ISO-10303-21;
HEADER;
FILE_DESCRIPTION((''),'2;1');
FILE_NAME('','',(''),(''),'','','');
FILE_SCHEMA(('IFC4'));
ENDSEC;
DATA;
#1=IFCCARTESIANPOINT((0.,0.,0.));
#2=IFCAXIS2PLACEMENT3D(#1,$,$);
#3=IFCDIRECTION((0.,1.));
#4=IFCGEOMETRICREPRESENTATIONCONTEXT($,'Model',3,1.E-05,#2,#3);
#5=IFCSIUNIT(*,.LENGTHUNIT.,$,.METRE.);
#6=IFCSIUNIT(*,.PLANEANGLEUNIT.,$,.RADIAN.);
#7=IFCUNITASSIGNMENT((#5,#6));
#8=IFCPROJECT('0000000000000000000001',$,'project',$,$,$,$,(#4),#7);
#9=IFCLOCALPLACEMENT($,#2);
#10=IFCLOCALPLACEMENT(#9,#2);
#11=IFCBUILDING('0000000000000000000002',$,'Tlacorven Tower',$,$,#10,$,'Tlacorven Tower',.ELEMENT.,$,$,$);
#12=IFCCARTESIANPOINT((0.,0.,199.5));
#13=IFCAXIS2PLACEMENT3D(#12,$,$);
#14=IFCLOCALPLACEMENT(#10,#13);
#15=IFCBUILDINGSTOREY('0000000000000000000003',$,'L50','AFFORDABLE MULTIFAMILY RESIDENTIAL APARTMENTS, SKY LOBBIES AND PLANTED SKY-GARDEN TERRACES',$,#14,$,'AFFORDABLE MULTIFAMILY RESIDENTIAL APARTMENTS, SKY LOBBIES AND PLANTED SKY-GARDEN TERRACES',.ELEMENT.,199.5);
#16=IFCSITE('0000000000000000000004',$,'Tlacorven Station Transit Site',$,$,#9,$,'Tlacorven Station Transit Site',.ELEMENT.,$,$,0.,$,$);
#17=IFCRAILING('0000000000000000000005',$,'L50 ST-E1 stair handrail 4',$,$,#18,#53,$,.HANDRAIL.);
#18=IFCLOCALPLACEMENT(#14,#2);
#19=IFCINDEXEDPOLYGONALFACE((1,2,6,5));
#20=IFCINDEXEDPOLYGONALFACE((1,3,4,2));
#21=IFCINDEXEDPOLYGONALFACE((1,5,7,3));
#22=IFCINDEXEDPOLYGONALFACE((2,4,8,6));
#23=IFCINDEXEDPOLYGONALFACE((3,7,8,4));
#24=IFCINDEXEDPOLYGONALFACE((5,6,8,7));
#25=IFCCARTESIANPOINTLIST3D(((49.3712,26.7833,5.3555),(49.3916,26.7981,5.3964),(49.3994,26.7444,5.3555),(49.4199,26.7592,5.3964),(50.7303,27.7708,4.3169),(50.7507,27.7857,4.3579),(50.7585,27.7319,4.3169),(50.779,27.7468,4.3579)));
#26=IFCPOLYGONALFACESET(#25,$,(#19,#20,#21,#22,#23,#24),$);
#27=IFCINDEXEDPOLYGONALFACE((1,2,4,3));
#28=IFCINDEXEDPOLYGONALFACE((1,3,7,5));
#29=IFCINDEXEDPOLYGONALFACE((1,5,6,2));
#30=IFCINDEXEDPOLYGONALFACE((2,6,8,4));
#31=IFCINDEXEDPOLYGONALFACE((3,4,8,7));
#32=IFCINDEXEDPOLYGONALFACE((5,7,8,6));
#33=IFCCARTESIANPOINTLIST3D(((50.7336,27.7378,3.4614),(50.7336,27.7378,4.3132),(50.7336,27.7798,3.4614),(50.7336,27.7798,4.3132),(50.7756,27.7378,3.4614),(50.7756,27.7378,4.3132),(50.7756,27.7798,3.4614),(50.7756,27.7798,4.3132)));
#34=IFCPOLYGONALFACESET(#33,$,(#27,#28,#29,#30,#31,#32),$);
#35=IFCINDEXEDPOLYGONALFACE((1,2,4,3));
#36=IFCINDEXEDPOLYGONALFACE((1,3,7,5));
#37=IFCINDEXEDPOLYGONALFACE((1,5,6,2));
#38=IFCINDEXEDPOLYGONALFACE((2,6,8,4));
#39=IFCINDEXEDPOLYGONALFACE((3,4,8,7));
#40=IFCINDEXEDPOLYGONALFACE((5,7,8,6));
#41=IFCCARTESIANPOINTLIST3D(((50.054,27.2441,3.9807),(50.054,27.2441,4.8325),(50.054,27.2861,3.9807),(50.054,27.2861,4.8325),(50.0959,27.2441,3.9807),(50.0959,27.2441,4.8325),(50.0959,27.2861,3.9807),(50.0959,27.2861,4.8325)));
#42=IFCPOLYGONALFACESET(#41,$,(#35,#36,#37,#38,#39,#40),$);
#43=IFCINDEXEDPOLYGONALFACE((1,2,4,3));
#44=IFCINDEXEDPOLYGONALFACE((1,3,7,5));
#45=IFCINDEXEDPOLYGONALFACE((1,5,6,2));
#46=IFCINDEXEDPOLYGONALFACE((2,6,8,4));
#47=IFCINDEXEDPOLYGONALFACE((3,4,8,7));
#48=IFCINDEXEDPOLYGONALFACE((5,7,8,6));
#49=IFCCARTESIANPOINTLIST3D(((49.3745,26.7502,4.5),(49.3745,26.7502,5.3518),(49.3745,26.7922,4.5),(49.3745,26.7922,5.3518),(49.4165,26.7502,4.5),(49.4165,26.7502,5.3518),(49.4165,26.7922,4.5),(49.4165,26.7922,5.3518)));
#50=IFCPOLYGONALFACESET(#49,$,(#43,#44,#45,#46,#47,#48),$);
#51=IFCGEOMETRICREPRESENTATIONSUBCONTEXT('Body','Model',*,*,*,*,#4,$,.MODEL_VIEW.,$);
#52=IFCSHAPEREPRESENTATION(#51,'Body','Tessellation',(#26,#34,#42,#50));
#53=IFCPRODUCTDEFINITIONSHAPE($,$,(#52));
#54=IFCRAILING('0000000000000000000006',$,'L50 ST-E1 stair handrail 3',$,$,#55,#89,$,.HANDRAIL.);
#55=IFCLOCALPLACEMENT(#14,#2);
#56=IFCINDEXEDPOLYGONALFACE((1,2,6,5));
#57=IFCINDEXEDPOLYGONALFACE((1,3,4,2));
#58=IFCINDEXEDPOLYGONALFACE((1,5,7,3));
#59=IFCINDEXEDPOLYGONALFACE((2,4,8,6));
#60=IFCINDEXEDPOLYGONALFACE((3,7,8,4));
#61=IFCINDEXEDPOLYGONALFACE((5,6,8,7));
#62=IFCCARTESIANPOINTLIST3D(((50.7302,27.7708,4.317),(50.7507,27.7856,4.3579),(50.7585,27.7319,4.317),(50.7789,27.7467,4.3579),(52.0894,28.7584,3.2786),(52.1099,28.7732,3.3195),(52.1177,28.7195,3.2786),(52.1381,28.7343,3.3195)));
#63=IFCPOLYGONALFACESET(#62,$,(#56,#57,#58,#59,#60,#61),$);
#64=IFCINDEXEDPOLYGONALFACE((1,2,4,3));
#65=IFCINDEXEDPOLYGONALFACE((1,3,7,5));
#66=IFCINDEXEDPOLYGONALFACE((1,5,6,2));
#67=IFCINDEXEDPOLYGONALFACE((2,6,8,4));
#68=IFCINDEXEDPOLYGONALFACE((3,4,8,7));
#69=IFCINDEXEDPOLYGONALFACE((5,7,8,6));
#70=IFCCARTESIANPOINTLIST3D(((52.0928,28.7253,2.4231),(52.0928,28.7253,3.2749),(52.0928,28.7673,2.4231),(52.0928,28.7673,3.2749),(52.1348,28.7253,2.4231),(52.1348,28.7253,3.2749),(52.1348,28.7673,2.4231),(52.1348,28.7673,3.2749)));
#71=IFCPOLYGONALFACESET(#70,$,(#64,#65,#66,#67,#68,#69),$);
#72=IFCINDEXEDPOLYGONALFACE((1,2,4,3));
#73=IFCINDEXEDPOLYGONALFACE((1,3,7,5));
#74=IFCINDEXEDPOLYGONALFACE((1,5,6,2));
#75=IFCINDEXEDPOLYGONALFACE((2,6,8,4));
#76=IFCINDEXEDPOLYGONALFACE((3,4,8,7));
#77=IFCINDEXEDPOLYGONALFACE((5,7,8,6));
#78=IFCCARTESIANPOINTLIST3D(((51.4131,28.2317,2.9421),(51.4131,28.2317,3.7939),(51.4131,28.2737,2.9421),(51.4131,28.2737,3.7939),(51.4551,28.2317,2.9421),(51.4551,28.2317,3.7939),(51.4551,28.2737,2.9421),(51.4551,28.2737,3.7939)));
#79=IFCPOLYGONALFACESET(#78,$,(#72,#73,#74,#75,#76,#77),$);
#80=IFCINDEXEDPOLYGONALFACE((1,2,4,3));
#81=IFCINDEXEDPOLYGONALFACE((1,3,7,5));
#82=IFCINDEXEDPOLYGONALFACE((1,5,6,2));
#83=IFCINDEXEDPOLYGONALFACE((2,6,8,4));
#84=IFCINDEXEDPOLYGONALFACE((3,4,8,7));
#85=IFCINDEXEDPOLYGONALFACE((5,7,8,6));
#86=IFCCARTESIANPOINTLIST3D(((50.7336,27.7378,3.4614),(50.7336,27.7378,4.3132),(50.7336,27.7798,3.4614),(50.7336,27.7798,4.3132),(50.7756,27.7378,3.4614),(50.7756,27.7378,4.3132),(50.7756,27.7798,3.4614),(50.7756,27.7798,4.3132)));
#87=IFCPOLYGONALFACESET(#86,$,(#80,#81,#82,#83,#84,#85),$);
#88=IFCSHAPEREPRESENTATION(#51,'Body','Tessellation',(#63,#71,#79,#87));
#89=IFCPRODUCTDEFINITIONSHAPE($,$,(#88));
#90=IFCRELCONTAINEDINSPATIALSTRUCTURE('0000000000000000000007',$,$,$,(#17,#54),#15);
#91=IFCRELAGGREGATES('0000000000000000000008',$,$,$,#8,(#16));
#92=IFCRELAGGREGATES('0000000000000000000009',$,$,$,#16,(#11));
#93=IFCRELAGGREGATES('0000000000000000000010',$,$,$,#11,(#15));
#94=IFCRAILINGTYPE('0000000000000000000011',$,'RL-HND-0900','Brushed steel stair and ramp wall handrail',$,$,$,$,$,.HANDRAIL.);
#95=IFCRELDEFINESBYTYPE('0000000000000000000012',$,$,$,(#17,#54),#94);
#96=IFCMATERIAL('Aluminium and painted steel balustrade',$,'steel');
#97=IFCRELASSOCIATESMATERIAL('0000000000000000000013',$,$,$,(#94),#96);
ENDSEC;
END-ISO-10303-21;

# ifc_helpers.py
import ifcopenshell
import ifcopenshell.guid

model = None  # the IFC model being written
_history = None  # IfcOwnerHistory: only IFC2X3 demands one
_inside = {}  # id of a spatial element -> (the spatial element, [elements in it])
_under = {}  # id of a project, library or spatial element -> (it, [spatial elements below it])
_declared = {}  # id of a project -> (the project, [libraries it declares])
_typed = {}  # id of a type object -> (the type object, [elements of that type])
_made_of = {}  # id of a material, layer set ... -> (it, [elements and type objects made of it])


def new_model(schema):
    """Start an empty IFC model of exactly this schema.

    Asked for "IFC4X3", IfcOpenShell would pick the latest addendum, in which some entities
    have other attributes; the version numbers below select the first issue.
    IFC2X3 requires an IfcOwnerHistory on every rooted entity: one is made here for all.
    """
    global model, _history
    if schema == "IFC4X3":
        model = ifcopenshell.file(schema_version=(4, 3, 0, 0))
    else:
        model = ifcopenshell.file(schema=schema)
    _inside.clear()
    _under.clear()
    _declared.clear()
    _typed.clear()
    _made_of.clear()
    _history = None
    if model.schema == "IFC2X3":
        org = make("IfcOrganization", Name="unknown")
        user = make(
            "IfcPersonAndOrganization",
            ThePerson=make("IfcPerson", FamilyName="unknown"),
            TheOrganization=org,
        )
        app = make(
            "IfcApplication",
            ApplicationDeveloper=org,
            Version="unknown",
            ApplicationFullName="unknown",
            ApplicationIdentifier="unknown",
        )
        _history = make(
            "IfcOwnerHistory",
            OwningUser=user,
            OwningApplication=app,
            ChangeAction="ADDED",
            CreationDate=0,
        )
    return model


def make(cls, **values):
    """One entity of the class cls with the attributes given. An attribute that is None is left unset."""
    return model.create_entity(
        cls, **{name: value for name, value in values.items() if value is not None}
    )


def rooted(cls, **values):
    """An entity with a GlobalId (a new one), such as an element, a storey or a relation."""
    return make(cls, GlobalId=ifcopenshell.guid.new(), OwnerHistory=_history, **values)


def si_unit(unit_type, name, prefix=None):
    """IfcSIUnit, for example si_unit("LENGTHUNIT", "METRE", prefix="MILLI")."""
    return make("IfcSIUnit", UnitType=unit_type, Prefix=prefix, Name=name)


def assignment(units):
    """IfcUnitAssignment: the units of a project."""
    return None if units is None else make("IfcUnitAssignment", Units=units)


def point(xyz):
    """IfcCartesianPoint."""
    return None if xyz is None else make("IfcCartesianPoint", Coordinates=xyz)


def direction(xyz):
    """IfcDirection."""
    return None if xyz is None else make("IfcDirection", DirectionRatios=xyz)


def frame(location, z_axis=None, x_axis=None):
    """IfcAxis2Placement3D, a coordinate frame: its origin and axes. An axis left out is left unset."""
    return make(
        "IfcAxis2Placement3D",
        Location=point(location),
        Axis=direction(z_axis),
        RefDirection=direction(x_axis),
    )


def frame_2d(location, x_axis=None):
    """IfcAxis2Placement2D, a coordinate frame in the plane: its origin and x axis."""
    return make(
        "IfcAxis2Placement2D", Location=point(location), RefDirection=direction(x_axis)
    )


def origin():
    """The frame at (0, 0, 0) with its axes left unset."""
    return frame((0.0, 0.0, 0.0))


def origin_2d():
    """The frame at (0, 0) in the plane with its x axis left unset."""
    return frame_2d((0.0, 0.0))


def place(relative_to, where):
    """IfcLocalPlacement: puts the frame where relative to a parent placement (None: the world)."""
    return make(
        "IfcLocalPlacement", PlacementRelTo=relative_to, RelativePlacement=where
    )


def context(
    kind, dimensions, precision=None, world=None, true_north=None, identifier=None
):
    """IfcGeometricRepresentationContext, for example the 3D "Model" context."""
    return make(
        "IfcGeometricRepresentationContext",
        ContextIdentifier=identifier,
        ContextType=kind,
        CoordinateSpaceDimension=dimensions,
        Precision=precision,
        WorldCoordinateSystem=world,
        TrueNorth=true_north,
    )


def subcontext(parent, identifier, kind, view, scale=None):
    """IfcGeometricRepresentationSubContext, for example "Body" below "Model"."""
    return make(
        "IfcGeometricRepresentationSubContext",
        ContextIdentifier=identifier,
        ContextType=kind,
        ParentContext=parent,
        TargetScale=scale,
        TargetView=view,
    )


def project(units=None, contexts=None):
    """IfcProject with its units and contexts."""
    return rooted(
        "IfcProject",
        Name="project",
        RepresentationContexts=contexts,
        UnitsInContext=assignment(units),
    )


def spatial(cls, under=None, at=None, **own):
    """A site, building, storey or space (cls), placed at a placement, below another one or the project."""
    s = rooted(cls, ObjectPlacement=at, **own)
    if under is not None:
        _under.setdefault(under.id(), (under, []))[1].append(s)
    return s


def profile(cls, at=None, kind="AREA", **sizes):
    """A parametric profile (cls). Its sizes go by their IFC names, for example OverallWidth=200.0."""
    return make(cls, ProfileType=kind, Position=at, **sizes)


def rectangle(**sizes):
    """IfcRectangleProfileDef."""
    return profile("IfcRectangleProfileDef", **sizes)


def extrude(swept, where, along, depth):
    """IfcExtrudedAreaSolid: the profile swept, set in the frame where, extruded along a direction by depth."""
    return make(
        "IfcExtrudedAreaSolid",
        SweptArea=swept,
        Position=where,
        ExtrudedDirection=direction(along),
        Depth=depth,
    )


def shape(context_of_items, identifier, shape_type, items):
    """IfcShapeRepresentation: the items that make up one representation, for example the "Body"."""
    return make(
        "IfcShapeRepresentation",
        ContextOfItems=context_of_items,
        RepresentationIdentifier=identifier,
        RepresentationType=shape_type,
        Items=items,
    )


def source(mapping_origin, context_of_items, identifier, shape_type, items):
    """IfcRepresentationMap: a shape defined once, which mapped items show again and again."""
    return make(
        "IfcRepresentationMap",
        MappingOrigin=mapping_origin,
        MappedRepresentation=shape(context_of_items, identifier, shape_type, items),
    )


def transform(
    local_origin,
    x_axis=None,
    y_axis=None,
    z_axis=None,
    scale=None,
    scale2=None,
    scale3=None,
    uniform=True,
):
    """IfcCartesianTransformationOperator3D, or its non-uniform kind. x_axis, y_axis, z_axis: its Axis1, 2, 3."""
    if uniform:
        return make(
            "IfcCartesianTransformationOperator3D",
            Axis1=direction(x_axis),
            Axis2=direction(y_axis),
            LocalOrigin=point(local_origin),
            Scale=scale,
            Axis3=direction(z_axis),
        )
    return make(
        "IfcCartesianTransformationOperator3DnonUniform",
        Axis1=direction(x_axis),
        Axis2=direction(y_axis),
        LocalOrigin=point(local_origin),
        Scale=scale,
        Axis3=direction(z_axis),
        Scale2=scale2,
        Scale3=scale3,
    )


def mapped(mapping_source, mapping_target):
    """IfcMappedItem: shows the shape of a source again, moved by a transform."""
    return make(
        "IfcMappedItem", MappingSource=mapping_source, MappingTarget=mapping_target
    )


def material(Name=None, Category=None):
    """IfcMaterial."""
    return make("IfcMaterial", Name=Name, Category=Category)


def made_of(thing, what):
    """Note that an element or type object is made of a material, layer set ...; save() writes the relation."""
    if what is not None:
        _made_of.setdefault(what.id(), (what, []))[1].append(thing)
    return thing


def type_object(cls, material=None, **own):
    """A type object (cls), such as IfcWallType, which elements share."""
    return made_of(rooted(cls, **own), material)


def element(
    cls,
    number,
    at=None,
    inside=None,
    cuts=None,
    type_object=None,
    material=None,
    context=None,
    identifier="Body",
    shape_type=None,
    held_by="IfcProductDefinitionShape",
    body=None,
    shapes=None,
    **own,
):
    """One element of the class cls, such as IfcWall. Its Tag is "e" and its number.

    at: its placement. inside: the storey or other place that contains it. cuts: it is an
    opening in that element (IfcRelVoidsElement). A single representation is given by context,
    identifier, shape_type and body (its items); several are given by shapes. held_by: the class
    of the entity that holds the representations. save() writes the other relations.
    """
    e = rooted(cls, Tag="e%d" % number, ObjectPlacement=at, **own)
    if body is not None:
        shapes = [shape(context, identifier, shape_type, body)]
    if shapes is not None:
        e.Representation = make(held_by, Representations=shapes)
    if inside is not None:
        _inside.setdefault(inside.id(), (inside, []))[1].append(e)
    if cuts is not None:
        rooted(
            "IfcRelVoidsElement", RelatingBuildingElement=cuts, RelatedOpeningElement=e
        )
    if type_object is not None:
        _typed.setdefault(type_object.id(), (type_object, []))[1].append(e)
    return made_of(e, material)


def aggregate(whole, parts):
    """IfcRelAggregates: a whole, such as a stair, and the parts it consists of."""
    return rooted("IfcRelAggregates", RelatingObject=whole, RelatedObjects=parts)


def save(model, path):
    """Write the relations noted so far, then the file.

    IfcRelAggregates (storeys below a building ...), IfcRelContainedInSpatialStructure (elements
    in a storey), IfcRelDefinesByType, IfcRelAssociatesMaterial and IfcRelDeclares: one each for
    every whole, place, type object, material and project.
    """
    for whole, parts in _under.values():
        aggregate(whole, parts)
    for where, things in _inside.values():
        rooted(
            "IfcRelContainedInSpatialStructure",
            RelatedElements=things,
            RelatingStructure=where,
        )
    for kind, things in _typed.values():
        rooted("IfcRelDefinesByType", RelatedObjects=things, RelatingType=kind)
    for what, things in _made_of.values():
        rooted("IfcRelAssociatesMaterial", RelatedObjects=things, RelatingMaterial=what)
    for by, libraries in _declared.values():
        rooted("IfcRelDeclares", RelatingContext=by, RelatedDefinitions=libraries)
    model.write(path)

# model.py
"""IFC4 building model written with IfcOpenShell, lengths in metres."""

from ifc_helpers import new_model, si_unit, direction, frame, origin, origin_2d, place, context, subcontext, project, spatial, rectangle, extrude, source, transform, mapped, material, type_object, element, save


model = new_model("IFC4")

# Units and contexts
model_context = context("Model", 3, precision=1e-05, world=origin(), true_north=direction((0.0, 1.0)))
body_context = subcontext(model_context, "Body", "Model", "MODEL_VIEW")
ifc_project = project(units=[si_unit("LENGTHUNIT", "METRE"), si_unit("PLANEANGLEUNIT", "RADIAN")], contexts=[model_context])

# Site, building, storey
site_placement = place(None, origin())
site = spatial("IfcSite", under=ifc_project, at=site_placement, Name="Tlacorven Station Transit Site", LongName="Tlacorven Station Transit Site", CompositionType="ELEMENT", RefElevation=0.0)
building_placement = place(site_placement, origin())
building = spatial("IfcBuilding", under=site, at=building_placement, Name="Tlacorven Tower", LongName="Tlacorven Tower", CompositionType="ELEMENT")
storey_placement = place(building_placement, frame((0.0, 0.0, 199.5)))
storey = spatial("IfcBuildingStorey", under=building, at=storey_placement, Name="L50", Description="AFFORDABLE MULTIFAMILY RESIDENTIAL APARTMENTS, SKY LOBBIES AND PLANTED SKY-GARDEN TERRACES", LongName="AFFORDABLE MULTIFAMILY RESIDENTIAL APARTMENTS, SKY LOBBIES AND PLANTED SKY-GARDEN TERRACES", CompositionType="ELEMENT", Elevation=199.5)

# Shared definitions
ifc_material_1 = material(Name="Aluminium and painted steel balustrade", Category="steel")

# Railings
railing_type_1 = type_object("IfcRailingType", Name="RL-HND-0900", Description="Brushed steel stair and ramp wall handrail", PredefinedType="HANDRAIL", material=ifc_material_1)
shared_shape_1 = source(origin(), body_context, "Body", "SweptSolid", [
    extrude(rectangle(XDim=0.0481, YDim=0.0481, at=origin_2d()), frame((0.0, 0.0, 0.876), z_axis=(-0.688123, -0.499993, 0.525827), x_axis=(0.587817, -0.808994, 0.0)), (0.0, 0.0, 1.0), 1.9751),
    extrude(rectangle(XDim=0.042, YDim=0.042, at=origin_2d()), origin(), (0.0, 0.0, 1.0), 0.8518),
    extrude(rectangle(XDim=0.042, YDim=0.042, at=origin_2d()), frame((-0.6797, -0.4937, 0.5193)), (0.0, 0.0, 1.0), 0.8518),
    extrude(rectangle(XDim=0.042, YDim=0.042, at=origin_2d()), frame((-1.3591, -0.9875, 1.0386)), (0.0, 0.0, 1.0), 0.8518),
])
railing_1_placement = place(storey_placement, frame((50.7546, 27.7588, 3.4614)))
element("IfcRailing", 1, at=railing_1_placement, inside=storey, type_object=railing_type_1, Name="L50 ST-E1 stair handrail 4", PredefinedType="HANDRAIL", context=body_context, shape_type="MappedRepresentation", body=[
    mapped(shared_shape_1, transform((0.0, 0.0, 0.0), scale=1.0)),
])
shared_shape_2 = source(origin(), body_context, "Body", "SweptSolid", [
    extrude(rectangle(XDim=0.0481, YDim=0.0481, at=origin_2d()), frame((0.0, 0.0, 0.876), z_axis=(-0.688168, -0.500025, 0.525737), x_axis=(0.587817, -0.808994, 0.0)), (0.0, 0.0, 1.0), 1.9751),
    extrude(rectangle(XDim=0.042, YDim=0.042, at=origin_2d()), origin(), (0.0, 0.0, 1.0), 0.8518),
    extrude(rectangle(XDim=0.042, YDim=0.042, at=origin_2d()), frame((-0.6797, -0.4937, 0.519)), (0.0, 0.0, 1.0), 0.8518),
    extrude(rectangle(XDim=0.042, YDim=0.042, at=origin_2d()), frame((-1.3591, -0.9875, 1.0383)), (0.0, 0.0, 1.0), 0.8518),
])
railing_2_placement = place(storey_placement, frame((52.1138, 28.7463, 2.4231)))
element("IfcRailing", 2, at=railing_2_placement, inside=storey, type_object=railing_type_1, Name="L50 ST-E1 stair handrail 3", PredefinedType="HANDRAIL", context=body_context, shape_type="MappedRepresentation", body=[
    mapped(shared_shape_2, transform((0.0, 0.0, 0.0), scale=1.0)),
])

save(model, "model.ifc")
